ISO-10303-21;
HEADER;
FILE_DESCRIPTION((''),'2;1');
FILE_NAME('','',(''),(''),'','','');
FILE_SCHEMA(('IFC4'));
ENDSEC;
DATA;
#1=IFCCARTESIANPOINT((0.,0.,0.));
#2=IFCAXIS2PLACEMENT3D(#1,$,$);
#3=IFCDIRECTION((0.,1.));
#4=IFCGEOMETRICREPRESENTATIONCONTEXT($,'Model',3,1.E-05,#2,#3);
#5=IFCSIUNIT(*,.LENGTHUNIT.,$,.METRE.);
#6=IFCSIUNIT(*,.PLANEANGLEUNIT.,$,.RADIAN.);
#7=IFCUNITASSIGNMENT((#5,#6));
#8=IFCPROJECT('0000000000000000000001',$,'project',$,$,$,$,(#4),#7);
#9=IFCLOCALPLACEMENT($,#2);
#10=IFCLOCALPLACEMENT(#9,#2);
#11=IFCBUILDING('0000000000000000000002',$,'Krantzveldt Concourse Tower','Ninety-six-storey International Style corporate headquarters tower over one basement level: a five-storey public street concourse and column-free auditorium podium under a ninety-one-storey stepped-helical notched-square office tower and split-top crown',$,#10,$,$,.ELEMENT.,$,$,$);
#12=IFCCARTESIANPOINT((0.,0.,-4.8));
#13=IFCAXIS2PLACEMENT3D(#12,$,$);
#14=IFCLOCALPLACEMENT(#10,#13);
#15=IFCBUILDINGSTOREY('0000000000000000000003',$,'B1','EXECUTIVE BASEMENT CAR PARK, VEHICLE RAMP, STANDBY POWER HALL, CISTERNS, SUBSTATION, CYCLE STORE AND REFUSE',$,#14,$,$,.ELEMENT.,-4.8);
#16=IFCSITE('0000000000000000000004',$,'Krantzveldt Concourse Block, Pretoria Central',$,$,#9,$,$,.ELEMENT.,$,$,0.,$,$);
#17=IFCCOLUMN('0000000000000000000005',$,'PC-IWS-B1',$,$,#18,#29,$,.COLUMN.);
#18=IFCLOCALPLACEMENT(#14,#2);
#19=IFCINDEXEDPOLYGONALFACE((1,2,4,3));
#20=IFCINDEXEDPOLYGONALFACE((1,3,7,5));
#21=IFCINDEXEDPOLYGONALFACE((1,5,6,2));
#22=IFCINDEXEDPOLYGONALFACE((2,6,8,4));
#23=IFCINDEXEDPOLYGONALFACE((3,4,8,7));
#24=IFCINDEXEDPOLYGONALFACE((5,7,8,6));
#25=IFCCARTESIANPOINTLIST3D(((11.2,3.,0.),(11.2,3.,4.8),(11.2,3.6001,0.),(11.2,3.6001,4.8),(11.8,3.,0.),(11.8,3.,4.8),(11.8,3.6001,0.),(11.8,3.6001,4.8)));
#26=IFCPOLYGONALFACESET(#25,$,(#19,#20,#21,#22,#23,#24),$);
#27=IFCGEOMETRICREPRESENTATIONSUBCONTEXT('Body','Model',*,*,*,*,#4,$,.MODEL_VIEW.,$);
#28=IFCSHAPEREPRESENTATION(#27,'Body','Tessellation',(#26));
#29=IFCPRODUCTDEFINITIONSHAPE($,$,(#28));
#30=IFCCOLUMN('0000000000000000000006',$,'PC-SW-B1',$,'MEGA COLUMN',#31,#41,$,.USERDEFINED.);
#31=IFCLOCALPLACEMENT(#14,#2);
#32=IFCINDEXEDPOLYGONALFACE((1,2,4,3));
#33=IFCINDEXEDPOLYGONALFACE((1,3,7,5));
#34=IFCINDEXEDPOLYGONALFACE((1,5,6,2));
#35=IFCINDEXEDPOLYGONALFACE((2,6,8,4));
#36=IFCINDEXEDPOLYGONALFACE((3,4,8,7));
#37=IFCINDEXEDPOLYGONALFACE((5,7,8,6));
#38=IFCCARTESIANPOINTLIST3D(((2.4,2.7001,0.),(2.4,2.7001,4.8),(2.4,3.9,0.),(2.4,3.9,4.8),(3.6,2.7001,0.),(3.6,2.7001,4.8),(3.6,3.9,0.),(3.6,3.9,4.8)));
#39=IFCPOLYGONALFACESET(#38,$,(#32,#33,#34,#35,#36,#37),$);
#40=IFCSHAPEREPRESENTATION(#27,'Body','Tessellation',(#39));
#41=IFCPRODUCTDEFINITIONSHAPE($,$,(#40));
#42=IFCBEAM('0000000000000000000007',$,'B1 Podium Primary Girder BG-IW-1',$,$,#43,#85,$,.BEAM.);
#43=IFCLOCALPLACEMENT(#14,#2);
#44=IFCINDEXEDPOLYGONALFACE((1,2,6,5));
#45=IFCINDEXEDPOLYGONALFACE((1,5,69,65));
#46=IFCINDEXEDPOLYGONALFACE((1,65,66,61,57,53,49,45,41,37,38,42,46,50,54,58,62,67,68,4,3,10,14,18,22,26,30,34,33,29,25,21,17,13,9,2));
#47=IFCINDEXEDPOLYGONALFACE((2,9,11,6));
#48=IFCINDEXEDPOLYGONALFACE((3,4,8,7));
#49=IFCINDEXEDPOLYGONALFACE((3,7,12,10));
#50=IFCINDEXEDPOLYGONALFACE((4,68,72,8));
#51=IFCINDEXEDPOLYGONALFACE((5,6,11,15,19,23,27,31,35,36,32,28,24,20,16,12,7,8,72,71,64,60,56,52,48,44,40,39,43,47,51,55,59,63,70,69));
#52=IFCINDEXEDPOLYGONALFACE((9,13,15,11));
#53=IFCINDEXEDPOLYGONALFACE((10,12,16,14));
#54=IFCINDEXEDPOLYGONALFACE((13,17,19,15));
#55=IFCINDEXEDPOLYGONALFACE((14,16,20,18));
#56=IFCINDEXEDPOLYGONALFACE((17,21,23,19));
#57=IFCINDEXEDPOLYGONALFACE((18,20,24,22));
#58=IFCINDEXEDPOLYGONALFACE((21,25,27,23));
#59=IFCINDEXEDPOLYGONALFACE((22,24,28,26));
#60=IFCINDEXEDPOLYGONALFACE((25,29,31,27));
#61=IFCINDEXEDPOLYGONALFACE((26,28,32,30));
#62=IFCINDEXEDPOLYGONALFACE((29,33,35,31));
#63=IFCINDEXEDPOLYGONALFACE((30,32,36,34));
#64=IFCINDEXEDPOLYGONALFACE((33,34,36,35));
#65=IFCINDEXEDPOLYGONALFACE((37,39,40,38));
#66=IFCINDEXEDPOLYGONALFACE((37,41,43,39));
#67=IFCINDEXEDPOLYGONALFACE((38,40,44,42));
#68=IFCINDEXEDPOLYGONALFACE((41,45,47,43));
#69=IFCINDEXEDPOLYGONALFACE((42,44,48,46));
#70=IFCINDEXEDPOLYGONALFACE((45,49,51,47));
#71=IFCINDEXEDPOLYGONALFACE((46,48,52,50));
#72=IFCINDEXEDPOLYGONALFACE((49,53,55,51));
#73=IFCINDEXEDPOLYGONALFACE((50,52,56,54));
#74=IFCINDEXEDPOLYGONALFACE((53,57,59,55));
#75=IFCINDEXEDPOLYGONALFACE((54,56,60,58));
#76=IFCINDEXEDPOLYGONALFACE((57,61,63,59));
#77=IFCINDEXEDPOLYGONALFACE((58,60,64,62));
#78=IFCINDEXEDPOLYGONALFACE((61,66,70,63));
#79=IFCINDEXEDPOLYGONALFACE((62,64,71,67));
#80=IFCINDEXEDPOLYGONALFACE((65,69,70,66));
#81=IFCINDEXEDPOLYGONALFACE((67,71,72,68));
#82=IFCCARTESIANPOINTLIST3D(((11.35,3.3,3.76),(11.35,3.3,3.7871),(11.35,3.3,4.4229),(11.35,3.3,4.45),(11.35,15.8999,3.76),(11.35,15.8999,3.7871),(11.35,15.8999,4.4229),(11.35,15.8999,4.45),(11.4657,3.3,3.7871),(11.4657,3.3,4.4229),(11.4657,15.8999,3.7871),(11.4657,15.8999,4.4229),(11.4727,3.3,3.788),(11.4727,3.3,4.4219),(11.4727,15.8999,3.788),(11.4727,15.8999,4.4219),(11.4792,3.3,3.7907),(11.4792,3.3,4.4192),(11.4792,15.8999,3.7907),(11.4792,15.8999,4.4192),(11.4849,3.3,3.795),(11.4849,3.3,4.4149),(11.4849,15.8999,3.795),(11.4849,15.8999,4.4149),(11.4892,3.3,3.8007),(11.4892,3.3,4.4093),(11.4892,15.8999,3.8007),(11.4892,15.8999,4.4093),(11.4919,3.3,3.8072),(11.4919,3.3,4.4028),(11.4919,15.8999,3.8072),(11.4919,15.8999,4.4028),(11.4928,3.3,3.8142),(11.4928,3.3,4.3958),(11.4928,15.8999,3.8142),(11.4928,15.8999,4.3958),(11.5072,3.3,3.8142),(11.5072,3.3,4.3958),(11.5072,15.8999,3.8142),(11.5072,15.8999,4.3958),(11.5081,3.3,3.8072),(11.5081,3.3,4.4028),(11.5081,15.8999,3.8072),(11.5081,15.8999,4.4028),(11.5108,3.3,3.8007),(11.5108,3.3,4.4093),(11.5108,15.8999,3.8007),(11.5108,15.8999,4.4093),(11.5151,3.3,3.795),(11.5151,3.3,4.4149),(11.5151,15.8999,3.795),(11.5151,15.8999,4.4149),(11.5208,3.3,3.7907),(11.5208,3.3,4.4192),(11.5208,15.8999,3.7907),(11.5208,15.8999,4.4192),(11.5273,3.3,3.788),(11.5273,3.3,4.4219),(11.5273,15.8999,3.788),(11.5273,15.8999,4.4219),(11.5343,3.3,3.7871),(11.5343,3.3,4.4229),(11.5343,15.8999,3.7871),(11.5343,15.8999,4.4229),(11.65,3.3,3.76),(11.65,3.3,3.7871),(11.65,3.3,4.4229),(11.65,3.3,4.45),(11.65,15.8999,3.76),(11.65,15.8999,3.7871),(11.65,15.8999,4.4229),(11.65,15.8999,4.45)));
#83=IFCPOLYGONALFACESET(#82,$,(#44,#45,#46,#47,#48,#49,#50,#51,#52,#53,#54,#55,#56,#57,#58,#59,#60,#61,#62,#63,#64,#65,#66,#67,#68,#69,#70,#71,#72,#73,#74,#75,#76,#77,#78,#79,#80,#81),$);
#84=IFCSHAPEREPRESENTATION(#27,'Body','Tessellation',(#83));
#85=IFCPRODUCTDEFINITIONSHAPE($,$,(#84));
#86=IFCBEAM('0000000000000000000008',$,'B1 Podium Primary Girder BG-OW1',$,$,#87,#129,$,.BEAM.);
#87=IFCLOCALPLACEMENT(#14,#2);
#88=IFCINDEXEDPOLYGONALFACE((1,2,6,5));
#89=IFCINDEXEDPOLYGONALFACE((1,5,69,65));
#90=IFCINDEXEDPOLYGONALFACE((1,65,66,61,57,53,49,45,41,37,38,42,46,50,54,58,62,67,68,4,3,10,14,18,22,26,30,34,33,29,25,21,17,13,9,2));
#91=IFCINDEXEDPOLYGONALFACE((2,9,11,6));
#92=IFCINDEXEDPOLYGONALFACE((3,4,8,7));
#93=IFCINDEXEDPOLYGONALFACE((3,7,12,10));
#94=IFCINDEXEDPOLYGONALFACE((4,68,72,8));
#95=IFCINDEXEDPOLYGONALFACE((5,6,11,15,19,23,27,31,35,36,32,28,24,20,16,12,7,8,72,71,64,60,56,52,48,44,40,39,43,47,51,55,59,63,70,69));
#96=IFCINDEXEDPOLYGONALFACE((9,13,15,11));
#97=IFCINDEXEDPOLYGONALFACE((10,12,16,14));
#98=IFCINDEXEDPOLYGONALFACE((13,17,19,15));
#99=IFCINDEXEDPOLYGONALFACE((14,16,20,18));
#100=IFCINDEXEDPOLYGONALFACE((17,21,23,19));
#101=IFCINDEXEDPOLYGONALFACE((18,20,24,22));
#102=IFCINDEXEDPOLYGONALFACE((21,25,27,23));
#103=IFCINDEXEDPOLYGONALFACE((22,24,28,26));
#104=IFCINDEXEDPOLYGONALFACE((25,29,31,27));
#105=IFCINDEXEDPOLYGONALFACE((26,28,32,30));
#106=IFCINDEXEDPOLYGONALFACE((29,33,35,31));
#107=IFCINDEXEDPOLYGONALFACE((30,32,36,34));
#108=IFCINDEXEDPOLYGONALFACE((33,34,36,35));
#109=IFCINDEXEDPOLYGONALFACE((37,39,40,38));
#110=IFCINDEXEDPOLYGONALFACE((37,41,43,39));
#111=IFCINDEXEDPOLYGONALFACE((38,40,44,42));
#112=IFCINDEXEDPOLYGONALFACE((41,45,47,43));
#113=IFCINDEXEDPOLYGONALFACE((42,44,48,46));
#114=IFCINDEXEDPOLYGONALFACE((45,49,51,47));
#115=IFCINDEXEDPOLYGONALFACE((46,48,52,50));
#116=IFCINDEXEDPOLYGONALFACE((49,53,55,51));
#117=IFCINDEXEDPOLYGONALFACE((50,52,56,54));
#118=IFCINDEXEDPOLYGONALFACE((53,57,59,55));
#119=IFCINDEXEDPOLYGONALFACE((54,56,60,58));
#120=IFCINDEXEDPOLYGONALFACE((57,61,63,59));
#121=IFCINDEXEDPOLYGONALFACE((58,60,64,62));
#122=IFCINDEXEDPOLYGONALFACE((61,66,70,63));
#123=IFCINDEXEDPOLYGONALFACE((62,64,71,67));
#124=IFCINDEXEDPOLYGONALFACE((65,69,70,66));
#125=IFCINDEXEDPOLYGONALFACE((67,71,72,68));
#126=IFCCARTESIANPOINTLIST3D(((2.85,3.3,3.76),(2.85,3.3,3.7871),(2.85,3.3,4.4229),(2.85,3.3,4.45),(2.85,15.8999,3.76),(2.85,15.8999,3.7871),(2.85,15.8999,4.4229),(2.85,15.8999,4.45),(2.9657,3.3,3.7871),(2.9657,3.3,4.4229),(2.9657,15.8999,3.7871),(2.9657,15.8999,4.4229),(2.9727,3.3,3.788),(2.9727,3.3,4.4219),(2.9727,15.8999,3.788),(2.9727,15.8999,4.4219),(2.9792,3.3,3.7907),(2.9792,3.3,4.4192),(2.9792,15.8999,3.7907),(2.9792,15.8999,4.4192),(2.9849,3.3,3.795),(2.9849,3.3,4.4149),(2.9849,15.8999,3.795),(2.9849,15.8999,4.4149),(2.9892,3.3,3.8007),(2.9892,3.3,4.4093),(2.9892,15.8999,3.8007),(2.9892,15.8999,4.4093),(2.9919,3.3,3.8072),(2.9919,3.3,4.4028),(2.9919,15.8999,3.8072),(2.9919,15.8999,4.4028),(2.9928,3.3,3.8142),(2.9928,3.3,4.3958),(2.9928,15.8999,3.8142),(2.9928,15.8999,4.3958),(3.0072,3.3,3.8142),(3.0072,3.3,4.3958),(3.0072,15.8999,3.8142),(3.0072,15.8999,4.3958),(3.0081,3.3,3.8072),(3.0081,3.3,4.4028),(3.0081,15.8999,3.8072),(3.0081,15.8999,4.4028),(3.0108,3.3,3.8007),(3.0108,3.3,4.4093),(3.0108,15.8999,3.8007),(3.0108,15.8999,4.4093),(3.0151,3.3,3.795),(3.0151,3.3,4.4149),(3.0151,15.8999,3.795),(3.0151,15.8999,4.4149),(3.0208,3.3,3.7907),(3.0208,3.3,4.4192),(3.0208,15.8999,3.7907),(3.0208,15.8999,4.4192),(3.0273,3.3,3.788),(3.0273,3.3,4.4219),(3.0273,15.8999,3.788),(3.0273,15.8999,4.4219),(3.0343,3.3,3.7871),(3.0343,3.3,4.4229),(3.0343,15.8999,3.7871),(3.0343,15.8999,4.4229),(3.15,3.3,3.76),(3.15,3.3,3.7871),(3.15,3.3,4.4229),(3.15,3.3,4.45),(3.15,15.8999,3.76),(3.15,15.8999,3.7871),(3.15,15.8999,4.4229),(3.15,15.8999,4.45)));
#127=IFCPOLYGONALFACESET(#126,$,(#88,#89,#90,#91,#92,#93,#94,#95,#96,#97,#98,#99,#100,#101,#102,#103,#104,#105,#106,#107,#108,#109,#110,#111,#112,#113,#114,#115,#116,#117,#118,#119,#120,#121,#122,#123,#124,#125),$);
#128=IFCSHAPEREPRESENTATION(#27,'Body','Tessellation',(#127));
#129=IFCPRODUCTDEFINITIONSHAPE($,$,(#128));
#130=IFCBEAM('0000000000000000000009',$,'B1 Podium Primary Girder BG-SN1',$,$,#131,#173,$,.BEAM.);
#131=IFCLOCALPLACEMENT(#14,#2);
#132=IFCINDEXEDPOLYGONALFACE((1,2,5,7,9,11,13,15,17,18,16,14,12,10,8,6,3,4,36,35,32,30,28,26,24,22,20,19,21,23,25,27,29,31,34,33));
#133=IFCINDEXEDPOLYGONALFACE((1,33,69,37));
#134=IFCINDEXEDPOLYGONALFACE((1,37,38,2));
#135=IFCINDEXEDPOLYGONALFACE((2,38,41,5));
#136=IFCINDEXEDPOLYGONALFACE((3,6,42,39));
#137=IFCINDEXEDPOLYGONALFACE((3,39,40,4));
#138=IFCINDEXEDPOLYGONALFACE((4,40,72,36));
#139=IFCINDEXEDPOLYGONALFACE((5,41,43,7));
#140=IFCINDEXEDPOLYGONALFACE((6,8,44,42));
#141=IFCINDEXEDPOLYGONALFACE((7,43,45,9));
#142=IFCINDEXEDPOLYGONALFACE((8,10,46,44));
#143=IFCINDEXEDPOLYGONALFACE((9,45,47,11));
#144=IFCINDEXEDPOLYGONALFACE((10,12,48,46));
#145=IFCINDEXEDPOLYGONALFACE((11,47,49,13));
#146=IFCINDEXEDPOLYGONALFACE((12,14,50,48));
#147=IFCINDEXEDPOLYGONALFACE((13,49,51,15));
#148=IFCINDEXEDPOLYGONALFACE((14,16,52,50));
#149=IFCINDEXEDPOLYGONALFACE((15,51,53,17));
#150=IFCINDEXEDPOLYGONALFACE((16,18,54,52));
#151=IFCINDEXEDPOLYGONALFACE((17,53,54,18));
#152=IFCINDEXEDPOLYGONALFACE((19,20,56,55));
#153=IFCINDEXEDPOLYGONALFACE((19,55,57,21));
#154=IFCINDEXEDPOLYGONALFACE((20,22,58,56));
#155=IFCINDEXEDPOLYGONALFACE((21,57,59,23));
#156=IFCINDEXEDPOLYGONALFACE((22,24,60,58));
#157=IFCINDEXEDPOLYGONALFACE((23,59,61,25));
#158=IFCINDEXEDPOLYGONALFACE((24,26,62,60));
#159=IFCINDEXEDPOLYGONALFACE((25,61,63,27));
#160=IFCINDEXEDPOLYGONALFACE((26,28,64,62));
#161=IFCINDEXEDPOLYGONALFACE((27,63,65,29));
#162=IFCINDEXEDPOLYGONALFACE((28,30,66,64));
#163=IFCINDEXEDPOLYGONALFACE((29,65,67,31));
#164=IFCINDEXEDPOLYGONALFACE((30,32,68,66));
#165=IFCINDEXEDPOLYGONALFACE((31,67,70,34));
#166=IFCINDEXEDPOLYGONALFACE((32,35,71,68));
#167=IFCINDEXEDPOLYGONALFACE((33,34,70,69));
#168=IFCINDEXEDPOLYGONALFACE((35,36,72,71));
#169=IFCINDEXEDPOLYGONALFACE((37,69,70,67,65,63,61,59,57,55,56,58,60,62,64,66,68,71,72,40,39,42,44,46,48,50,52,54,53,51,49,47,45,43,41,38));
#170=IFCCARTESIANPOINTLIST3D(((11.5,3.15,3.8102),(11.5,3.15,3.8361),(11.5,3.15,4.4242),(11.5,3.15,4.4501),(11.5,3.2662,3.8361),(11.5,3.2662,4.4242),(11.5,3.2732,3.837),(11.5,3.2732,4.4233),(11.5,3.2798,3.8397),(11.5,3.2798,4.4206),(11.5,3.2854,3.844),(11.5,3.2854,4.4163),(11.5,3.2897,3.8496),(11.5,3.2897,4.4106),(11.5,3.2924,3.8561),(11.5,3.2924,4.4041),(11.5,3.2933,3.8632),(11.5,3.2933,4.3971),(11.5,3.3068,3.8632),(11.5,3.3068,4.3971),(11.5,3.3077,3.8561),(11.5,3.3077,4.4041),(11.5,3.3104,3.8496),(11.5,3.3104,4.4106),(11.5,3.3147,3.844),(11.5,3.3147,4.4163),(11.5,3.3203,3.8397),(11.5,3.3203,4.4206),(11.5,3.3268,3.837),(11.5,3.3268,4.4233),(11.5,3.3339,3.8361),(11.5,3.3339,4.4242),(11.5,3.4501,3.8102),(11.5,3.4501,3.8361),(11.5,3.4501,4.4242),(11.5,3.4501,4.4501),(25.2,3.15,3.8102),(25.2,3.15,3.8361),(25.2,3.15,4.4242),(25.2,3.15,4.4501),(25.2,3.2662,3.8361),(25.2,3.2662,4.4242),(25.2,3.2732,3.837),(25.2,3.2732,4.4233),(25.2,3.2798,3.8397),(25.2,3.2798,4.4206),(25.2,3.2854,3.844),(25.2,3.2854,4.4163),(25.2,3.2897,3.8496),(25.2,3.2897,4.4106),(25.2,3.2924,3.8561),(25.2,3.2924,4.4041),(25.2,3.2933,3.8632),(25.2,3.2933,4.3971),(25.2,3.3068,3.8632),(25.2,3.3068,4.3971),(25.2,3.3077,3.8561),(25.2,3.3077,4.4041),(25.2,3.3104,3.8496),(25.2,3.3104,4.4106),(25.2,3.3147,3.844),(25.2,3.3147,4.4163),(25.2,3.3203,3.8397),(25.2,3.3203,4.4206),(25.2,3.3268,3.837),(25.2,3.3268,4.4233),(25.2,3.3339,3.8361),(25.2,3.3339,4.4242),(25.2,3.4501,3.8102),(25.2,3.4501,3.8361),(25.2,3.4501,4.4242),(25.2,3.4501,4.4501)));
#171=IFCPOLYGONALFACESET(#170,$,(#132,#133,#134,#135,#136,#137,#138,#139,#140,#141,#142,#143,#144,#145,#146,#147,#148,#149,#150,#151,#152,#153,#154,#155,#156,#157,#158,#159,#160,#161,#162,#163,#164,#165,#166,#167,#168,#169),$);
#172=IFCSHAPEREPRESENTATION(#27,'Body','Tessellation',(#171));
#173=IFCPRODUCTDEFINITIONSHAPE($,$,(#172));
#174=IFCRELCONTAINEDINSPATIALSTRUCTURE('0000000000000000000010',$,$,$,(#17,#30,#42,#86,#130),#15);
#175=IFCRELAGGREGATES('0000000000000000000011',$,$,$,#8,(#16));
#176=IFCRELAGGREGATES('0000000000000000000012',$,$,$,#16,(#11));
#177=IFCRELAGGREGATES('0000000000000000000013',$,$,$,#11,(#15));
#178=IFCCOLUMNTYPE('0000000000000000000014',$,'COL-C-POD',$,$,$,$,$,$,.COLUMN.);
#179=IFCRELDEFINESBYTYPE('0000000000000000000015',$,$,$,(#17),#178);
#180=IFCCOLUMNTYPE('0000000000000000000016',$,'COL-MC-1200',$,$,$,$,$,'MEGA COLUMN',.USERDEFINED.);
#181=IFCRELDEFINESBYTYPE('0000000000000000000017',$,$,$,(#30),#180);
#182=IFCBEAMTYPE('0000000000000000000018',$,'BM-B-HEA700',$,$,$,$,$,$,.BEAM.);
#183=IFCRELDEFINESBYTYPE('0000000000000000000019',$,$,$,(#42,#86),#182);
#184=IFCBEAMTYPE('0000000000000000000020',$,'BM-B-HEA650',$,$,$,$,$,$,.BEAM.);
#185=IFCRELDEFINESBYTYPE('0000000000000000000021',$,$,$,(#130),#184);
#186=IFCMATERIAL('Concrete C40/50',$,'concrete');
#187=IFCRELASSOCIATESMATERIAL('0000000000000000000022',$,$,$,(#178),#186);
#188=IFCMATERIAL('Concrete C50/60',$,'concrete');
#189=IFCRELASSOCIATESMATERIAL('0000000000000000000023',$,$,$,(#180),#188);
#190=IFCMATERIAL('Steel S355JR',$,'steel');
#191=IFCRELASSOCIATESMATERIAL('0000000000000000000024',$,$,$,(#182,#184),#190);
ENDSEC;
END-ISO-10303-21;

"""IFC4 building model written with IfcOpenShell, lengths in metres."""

from ifc_helpers import new_model, si_unit, direction, frame, origin, origin_2d, place, context, subcontext, project, spatial, rectangle, i_section, extrude, source, transform, mapped, material, material_profile, profile_set, type_object, type_shapes, element, save


model = new_model("IFC4")

# Units and contexts
model_context = context("Model", 3, precision=1e-05, world=origin(), true_north=direction((0.0, 1.0)))
body_context = subcontext(model_context, "Body", "Model", "MODEL_VIEW")
ifc_project = project(units=[si_unit("LENGTHUNIT", "METRE"), si_unit("PLANEANGLEUNIT", "RADIAN")], contexts=[model_context])

# Site, building, storey
site_placement = place(None, origin())
site = spatial("IfcSite", under=ifc_project, at=site_placement, Name="Krantzveldt Concourse Block, Pretoria Central", CompositionType="ELEMENT", RefElevation=0.0)
building_placement = place(site_placement, origin())
building = spatial("IfcBuilding", under=site, at=building_placement, Name="Krantzveldt Concourse Tower", Description="Ninety-six-storey International Style corporate headquarters tower over one basement level: a five-storey public street concourse and column-free auditorium podium under a ninety-one-storey stepped-helical notched-square office tower and split-top crown", CompositionType="ELEMENT")
storey_placement = place(building_placement, frame((0.0, 0.0, -4.8)))
storey = spatial("IfcBuildingStorey", under=building, at=storey_placement, Name="B1", Description="EXECUTIVE BASEMENT CAR PARK, VEHICLE RAMP, STANDBY POWER HALL, CISTERNS, SUBSTATION, CYCLE STORE AND REFUSE", CompositionType="ELEMENT", Elevation=-4.8)

# Shared definitions
ifc_material_1 = material(Name="Concrete C50/60", Category="concrete")

# Shared definitions
ifc_material_2 = material(Name="Concrete C40/50", Category="concrete")

# Columns
ifc_material_profile_1 = material_profile(ifc_material_2, rectangle(XDim=0.6001, YDim=0.6001, at=origin_2d()), Name="Concrete C40/50", Category="concrete")
ifc_profile_set_1 = profile_set([ifc_material_profile_1], Name="Concrete C40/50 - RC 600x600")
column_type_1 = type_object("IfcColumnType", Name="COL-C-POD", PredefinedType="COLUMN", material=ifc_profile_set_1)
shared_shape_1 = source(origin(), body_context, "Body", "SweptSolid", [
    extrude(rectangle(XDim=0.6001, YDim=0.6001, at=origin_2d()), origin(), (0.0, 0.0, 1.0), 4.8),
])
type_shapes(column_type_1, [shared_shape_1])
column_1_placement = place(storey_placement, frame((11.5, 3.3, 0.0), z_axis=(0.0, 0.0, 1.0), x_axis=(1.0, 0.0, 0.0)))
element("IfcColumn", 1, at=column_1_placement, inside=storey, type_object=column_type_1, Name="PC-IWS-B1", PredefinedType="COLUMN", context=body_context, shape_type="MappedRepresentation", body=[
    mapped(shared_shape_1, transform((0.0, 0.0, 0.0), x_axis=(1.0, 0.0, 0.0), y_axis=(0.0, 1.0, 0.0), z_axis=(0.0, 0.0, 1.0), scale=1.0)),
])
ifc_material_profile_2 = material_profile(ifc_material_1, rectangle(XDim=1.2, YDim=1.2, at=origin_2d()), Name="Concrete C50/60", Category="concrete")
ifc_profile_set_2 = profile_set([ifc_material_profile_2], Name="Concrete C50/60 - RC 1200x1200")
column_type_2 = type_object("IfcColumnType", Name="COL-MC-1200", ElementType="MEGA COLUMN", PredefinedType="USERDEFINED", material=ifc_profile_set_2)
shared_shape_2 = source(origin(), body_context, "Body", "SweptSolid", [
    extrude(rectangle(XDim=1.2, YDim=1.2, at=origin_2d()), origin(), (0.0, 0.0, 1.0), 4.8),
])
type_shapes(column_type_2, [shared_shape_2])
column_2_placement = place(storey_placement, frame((3.0, 3.3, 0.0), z_axis=(0.0, 0.0, 1.0), x_axis=(1.0, 0.0, 0.0)))
element("IfcColumn", 2, at=column_2_placement, inside=storey, type_object=column_type_2, Name="PC-SW-B1", ObjectType="MEGA COLUMN", PredefinedType="USERDEFINED", context=body_context, shape_type="MappedRepresentation", body=[
    mapped(shared_shape_2, transform((0.0, 0.0, 0.0), x_axis=(1.0, 0.0, 0.0), y_axis=(0.0, 1.0, 0.0), z_axis=(0.0, 0.0, 1.0), scale=1.0)),
])

# Beams
ifc_material_3 = material(Name="Steel S355JR", Category="steel")
ifc_material_profile_3 = material_profile(ifc_material_3, i_section(OverallWidth=0.3, OverallDepth=0.6899, WebThickness=0.0144, FlangeThickness=0.0271, FilletRadius=0.0271, at=origin_2d()), Name="Steel S355JR", Category="steel")
ifc_profile_set_3 = profile_set([ifc_material_profile_3], Name="Steel S355JR - HEA 700")
beam_type_1 = type_object("IfcBeamType", Name="BM-B-HEA700", PredefinedType="BEAM", material=ifc_profile_set_3)
shared_shape_3 = source(origin(), body_context, "Body", "SweptSolid", [
    extrude(i_section(OverallWidth=0.3, OverallDepth=0.6899, WebThickness=0.0144, FlangeThickness=0.0271, FilletRadius=0.0271, at=origin_2d()), origin(), (0.0, 0.0, 1.0), 12.5999),
])
type_shapes(beam_type_1, [shared_shape_3])
for number, where, z_axis, x_axis, name in (
    (3, (11.5, 3.3, 4.105), (0.0, 1.0, 0.0), (-1.0, 0.0, 0.0), "B1 Podium Primary Girder BG-IW-1"),
    (4, (3.0, 3.3, 4.105), (0.0, 1.0, 0.0), (-1.0, 0.0, 0.0), "B1 Podium Primary Girder BG-OW1"),
):
    element("IfcBeam", number, at=place(storey_placement, frame(where, z_axis=z_axis, x_axis=x_axis)), inside=storey, type_object=beam_type_1, Name=name, PredefinedType="BEAM", context=body_context, shape_type="MappedRepresentation", body=[
        mapped(shared_shape_3, transform((0.0, 0.0, 0.0), x_axis=(1.0, 0.0, 0.0), y_axis=(0.0, 1.0, 0.0), z_axis=(0.0, 0.0, 1.0), scale=1.0)),
    ])
ifc_material_profile_4 = material_profile(ifc_material_3, i_section(OverallWidth=0.3, OverallDepth=0.6399, WebThickness=0.0134, FlangeThickness=0.0259, FilletRadius=0.0271, at=origin_2d()), Name="Steel S355JR", Category="steel")
ifc_profile_set_4 = profile_set([ifc_material_profile_4], Name="Steel S355JR - HEA 650")
beam_type_2 = type_object("IfcBeamType", Name="BM-B-HEA650", PredefinedType="BEAM", material=ifc_profile_set_4)
shared_shape_4 = source(origin(), body_context, "Body", "SweptSolid", [
    extrude(i_section(OverallWidth=0.3, OverallDepth=0.6399, WebThickness=0.0134, FlangeThickness=0.0259, FilletRadius=0.0271, at=origin_2d()), origin(), (0.0, 0.0, 1.0), 13.7),
])
beam_1_placement = place(storey_placement, frame((11.5, 3.3, 4.1301), z_axis=(1.0, 0.0, 0.0), x_axis=(0.0, 1.0, 0.0)))
element("IfcBeam", 5, at=beam_1_placement, inside=storey, type_object=beam_type_2, Name="B1 Podium Primary Girder BG-SN1", PredefinedType="BEAM", context=body_context, shape_type="MappedRepresentation", body=[
    mapped(shared_shape_4, transform((0.0, 0.0, 0.0), x_axis=(1.0, 0.0, 0.0), y_axis=(0.0, 1.0, 0.0), z_axis=(0.0, 0.0, 1.0), scale=1.0)),
])

save(model, "model.ifc")
